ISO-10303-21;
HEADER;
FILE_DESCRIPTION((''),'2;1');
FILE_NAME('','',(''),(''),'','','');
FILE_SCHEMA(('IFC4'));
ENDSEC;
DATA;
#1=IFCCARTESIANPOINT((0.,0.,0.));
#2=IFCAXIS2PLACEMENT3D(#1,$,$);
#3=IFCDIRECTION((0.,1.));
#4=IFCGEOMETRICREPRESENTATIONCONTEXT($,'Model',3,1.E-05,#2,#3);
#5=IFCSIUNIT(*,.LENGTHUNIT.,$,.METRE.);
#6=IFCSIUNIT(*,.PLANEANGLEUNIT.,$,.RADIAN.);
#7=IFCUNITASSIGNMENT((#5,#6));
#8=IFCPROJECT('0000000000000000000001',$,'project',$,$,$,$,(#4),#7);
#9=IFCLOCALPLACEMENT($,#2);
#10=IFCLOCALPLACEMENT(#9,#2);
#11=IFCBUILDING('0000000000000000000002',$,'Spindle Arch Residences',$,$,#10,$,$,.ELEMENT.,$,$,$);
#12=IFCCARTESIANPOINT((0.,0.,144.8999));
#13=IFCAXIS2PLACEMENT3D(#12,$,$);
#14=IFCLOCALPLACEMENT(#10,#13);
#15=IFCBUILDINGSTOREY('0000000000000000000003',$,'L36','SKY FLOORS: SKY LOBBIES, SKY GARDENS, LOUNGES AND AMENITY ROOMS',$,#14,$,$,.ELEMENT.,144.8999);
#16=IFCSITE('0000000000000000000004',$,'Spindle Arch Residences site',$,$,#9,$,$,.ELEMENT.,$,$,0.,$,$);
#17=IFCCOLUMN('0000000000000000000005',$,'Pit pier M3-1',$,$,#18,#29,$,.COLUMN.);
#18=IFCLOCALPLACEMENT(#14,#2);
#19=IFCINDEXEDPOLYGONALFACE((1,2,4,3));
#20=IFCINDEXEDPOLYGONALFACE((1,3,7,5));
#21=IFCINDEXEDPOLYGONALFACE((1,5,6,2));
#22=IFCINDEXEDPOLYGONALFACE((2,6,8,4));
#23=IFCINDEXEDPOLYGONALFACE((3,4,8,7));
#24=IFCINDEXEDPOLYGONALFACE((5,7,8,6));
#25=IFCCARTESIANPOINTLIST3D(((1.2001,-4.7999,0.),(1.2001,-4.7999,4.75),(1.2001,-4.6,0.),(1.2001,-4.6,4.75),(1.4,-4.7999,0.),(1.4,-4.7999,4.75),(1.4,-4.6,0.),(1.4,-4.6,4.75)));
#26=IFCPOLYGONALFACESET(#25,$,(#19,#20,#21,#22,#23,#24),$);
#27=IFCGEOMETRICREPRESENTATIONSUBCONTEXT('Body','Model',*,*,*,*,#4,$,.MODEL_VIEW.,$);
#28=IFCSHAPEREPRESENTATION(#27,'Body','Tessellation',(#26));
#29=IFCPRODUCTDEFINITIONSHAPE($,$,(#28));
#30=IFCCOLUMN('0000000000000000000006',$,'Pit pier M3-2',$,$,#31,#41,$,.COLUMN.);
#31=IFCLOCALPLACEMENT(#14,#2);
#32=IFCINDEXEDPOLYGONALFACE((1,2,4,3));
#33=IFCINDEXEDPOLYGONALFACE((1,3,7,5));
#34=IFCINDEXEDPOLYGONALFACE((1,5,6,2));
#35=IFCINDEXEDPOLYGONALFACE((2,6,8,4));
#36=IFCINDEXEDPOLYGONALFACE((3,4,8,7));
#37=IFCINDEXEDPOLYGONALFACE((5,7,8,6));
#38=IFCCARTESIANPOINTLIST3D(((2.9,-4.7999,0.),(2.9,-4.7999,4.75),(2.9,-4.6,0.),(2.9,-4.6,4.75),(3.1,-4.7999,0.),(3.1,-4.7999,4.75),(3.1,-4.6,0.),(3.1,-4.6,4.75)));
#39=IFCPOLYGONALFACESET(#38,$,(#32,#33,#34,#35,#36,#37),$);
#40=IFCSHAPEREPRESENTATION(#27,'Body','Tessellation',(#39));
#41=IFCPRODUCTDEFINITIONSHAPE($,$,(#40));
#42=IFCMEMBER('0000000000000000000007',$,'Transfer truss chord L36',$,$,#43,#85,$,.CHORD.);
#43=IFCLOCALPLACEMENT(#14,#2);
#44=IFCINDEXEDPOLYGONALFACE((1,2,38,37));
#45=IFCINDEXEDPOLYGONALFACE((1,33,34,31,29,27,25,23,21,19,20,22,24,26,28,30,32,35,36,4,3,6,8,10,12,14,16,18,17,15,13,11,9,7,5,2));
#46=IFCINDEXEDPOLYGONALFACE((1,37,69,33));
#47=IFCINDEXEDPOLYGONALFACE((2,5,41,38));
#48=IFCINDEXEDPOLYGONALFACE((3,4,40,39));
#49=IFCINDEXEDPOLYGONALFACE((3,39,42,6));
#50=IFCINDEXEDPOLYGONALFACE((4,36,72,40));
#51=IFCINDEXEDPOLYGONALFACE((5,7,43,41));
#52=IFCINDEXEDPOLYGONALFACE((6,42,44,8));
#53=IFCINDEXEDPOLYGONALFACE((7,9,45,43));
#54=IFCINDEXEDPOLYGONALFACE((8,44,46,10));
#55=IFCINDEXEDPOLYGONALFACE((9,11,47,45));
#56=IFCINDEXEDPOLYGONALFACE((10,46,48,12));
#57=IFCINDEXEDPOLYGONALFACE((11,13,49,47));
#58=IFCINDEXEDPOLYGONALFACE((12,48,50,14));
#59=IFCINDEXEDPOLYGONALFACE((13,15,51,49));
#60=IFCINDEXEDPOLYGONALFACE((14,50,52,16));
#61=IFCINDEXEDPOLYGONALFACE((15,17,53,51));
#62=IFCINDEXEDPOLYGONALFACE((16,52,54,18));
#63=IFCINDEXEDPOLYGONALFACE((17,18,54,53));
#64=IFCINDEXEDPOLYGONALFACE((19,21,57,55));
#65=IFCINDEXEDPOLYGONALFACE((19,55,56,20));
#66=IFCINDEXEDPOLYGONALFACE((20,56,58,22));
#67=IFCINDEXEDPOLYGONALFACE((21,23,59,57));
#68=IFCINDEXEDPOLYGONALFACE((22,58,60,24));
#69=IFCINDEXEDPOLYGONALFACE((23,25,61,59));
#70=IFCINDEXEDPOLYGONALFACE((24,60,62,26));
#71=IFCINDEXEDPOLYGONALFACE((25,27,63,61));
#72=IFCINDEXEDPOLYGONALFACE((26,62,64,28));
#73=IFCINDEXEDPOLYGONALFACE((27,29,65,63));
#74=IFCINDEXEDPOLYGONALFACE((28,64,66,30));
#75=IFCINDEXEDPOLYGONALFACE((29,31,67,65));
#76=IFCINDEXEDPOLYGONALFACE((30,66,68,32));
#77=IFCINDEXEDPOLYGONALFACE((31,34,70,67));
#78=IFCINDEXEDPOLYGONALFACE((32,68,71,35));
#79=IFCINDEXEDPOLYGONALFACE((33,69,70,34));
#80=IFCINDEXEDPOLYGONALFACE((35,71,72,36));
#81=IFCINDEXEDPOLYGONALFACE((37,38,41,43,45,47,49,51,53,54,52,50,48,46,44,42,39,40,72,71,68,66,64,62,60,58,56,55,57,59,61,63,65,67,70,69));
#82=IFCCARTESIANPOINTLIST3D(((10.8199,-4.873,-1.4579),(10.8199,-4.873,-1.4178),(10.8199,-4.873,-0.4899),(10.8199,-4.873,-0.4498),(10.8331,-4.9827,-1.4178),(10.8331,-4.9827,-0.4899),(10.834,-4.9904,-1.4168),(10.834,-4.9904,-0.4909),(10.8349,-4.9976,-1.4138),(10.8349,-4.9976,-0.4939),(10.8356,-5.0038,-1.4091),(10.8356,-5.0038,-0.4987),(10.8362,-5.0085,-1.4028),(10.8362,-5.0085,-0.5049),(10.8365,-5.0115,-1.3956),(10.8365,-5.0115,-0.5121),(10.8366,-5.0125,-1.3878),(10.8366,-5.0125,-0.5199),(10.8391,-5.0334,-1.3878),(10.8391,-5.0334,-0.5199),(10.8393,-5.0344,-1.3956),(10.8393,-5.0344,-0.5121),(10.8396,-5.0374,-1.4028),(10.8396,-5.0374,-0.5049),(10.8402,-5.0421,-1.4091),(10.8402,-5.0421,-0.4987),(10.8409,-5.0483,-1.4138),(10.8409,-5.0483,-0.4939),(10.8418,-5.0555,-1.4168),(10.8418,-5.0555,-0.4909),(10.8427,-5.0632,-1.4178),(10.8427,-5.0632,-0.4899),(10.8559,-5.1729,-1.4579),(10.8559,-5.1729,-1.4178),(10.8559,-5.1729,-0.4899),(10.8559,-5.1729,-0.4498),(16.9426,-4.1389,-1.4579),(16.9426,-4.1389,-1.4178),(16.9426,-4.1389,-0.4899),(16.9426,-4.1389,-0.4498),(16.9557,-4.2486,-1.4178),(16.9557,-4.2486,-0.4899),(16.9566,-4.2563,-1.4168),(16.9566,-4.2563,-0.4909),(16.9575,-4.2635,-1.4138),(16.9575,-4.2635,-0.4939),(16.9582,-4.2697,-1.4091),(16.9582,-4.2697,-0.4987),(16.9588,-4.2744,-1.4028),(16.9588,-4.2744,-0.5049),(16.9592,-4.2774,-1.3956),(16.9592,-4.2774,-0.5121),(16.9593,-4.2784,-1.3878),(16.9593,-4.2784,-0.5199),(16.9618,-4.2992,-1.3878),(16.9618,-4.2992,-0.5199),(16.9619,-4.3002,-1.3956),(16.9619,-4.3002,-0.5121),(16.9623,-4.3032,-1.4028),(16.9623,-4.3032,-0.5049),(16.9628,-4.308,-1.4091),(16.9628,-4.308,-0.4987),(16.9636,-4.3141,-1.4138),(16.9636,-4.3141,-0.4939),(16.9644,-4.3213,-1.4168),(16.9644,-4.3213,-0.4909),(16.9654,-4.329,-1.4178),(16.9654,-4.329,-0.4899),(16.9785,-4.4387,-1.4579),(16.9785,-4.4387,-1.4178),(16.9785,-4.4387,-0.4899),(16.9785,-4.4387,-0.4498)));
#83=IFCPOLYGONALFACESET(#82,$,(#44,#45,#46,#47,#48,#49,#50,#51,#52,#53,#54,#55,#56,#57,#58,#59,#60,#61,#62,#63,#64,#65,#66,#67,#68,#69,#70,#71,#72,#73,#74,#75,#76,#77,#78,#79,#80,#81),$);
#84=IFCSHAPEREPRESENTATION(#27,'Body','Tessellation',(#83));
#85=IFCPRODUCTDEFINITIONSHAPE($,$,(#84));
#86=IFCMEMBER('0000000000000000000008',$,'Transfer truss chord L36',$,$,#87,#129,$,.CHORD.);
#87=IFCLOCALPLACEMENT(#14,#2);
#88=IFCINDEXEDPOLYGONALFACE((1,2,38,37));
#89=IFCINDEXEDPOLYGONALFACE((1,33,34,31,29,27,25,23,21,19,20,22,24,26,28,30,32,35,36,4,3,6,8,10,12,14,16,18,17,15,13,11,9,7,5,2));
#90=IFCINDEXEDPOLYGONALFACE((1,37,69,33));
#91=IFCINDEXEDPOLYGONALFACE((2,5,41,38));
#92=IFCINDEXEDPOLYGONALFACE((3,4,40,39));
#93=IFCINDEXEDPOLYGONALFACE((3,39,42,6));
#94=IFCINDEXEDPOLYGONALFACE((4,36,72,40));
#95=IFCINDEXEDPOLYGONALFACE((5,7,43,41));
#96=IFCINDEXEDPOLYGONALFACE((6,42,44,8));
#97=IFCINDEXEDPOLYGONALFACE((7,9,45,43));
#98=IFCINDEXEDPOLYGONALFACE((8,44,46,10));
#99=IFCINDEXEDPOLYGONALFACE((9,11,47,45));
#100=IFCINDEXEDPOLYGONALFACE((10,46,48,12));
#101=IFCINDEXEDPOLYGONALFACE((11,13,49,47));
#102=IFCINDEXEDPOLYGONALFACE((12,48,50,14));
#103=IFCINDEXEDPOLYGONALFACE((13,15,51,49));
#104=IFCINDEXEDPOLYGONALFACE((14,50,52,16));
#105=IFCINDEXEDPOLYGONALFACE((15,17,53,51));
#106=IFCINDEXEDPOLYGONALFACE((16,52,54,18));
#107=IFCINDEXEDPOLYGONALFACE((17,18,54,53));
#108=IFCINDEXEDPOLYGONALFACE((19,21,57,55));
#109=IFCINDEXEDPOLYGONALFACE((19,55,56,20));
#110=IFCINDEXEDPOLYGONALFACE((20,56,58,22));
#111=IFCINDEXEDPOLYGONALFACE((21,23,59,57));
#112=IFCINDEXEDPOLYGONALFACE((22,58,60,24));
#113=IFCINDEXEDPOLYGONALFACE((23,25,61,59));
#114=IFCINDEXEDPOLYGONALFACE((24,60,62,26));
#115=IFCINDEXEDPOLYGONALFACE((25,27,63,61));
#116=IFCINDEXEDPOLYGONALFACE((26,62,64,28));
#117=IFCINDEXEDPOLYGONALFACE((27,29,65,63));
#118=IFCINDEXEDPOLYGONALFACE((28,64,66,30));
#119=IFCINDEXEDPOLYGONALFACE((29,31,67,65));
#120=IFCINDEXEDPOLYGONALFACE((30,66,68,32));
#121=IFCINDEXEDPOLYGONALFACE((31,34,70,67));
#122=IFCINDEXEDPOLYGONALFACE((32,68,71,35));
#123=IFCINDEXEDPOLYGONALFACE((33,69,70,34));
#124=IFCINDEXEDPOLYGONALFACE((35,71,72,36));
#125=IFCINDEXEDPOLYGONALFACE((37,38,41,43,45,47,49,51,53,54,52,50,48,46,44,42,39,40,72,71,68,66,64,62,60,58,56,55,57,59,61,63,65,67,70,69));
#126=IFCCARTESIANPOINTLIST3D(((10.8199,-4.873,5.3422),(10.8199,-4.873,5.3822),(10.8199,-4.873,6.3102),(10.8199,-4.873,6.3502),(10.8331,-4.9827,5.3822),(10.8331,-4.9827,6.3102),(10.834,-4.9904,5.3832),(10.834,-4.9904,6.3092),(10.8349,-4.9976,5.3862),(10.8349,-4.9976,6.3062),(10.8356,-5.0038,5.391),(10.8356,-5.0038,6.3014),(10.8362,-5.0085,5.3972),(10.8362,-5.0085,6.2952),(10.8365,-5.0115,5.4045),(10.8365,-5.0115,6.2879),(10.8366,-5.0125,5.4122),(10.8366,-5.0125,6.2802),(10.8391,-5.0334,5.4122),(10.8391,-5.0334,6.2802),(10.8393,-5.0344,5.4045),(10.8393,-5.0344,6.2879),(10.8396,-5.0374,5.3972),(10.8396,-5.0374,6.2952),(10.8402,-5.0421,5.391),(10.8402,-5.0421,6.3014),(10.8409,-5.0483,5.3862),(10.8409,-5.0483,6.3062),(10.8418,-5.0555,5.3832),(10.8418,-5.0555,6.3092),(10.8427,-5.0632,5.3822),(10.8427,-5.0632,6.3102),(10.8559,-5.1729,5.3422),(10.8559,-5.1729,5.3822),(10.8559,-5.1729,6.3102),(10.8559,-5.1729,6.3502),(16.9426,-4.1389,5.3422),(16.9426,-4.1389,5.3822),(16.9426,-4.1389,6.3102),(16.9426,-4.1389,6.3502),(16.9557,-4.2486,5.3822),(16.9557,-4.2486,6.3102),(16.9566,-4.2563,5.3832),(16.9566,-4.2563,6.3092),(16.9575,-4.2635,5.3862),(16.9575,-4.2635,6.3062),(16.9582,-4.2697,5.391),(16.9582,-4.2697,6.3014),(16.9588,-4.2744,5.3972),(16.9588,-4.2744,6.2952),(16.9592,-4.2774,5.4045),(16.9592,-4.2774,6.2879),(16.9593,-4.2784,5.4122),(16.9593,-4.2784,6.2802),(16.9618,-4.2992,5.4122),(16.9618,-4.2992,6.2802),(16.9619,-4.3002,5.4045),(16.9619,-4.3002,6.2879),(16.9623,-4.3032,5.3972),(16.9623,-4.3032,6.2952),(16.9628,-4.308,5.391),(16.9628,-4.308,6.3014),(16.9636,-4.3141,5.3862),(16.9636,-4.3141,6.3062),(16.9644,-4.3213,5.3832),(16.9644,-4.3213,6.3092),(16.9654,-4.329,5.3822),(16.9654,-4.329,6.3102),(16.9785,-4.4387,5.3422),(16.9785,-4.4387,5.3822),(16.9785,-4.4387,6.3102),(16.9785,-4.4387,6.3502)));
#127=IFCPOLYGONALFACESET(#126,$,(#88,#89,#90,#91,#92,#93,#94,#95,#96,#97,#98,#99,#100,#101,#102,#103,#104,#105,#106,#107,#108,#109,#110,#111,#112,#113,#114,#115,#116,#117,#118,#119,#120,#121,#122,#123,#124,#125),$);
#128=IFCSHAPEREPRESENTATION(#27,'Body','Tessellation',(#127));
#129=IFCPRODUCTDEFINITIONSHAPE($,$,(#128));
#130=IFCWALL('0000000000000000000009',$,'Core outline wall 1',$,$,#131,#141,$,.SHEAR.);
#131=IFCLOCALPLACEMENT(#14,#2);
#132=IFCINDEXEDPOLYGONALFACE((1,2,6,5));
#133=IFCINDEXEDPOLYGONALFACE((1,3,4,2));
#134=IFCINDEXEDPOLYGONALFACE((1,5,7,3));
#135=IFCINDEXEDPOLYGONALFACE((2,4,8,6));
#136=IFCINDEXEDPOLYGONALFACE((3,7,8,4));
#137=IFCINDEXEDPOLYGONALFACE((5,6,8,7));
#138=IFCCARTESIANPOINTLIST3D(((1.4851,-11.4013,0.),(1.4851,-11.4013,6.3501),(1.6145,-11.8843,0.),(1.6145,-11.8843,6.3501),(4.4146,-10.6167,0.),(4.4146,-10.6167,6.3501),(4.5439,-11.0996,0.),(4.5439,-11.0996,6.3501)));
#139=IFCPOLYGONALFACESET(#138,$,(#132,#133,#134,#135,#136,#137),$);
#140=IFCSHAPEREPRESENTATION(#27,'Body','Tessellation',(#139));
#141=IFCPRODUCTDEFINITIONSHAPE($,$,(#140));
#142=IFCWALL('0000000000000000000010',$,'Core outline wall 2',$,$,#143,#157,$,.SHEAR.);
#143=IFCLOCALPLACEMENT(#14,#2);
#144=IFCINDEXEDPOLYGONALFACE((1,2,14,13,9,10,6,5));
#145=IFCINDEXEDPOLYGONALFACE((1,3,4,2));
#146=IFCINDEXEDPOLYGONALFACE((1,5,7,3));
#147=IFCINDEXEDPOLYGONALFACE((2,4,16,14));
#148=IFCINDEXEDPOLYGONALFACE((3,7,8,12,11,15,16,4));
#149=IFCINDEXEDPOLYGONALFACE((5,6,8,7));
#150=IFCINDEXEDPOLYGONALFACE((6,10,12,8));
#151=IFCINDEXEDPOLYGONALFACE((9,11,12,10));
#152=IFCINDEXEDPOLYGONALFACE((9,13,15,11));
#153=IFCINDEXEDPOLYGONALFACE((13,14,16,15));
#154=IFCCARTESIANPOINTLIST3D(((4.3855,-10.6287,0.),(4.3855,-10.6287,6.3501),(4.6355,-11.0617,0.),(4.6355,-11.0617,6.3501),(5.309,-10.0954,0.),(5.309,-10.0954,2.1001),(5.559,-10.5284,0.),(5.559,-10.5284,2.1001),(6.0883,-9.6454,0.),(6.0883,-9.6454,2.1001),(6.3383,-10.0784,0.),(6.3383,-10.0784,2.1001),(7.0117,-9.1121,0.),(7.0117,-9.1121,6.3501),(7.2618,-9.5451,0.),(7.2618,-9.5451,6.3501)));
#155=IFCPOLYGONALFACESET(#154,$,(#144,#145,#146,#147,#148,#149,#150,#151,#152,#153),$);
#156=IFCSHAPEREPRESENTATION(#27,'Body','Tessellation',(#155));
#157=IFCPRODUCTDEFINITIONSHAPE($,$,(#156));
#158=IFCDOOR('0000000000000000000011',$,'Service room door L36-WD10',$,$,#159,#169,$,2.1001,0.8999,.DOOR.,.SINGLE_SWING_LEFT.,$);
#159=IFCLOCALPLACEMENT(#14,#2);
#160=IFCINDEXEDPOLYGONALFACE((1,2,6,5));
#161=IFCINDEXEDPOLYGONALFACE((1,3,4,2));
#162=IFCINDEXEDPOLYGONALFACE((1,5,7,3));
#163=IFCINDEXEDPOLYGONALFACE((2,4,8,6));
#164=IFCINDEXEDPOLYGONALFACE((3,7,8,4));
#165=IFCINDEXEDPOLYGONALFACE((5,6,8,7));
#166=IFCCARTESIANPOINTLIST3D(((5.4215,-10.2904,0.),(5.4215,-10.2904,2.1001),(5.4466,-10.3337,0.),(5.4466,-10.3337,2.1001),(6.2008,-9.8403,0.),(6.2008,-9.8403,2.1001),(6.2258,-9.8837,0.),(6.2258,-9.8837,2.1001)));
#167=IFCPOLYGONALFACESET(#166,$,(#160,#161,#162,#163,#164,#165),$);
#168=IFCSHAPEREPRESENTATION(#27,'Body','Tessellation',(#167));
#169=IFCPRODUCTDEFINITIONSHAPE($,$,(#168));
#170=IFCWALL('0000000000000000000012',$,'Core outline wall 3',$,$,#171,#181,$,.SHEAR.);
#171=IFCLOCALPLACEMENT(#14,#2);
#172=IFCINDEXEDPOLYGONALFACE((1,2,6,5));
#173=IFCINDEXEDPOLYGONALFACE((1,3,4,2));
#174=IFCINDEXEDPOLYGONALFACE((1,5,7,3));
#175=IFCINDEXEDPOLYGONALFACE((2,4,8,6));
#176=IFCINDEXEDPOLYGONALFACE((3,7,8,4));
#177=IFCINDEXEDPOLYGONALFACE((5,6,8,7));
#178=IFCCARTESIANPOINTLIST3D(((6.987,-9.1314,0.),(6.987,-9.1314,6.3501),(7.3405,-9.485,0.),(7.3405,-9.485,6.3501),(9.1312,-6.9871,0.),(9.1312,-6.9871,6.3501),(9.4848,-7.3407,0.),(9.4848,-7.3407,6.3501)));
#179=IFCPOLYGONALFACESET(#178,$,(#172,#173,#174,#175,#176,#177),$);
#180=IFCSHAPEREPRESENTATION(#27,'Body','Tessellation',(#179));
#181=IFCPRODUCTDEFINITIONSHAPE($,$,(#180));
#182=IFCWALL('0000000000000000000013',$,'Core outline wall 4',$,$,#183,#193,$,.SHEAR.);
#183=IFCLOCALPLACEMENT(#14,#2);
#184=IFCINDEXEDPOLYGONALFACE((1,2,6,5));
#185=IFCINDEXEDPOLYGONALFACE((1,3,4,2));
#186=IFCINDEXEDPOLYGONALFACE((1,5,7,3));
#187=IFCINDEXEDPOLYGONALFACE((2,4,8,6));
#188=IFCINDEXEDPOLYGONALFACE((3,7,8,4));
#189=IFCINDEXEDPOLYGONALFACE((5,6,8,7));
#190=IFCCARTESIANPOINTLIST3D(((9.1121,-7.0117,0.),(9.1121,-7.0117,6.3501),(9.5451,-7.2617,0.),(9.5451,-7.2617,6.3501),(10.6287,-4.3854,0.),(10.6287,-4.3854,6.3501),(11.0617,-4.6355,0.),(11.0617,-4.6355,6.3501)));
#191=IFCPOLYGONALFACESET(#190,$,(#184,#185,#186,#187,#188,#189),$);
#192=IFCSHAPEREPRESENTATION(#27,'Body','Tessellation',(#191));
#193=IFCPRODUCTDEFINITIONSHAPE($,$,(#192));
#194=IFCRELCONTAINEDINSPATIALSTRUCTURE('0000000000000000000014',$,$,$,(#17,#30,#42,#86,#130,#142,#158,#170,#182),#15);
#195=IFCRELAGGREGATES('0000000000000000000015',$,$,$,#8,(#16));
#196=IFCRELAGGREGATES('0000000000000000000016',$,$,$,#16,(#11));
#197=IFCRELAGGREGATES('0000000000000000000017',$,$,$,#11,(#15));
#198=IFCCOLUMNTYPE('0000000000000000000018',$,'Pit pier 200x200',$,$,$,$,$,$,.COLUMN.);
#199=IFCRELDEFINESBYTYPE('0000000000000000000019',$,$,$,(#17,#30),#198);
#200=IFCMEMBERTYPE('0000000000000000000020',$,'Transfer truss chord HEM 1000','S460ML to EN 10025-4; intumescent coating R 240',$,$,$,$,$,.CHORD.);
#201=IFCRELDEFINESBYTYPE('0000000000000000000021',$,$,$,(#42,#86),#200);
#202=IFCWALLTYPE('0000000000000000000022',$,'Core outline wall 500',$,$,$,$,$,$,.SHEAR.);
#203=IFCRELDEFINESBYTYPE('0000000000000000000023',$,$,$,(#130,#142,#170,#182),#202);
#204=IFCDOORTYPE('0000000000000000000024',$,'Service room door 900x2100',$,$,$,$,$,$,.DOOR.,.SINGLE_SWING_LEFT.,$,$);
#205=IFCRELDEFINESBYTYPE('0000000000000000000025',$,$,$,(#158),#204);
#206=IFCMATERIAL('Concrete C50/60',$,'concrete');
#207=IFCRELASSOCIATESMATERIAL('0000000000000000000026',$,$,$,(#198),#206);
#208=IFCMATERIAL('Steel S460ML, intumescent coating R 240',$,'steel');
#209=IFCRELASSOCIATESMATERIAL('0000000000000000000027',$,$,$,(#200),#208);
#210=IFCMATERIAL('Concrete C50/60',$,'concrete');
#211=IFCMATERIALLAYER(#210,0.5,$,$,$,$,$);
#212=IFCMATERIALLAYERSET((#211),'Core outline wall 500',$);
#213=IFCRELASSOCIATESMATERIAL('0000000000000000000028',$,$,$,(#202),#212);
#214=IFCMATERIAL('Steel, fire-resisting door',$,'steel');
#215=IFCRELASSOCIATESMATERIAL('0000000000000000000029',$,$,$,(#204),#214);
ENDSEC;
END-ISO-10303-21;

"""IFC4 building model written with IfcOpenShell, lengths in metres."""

from ifc_helpers import new_model, si_unit, direction, frame, frame_2d, origin, origin_2d, place, context, subcontext, project, spatial, rectangle, i_section, extrude, material, layer, layer_set, material_profile, profile_set, type_object, element, fill, save


model = new_model("IFC4")

# Units and contexts
model_context = context("Model", 3, precision=1e-05, world=origin(), true_north=direction((0.0, 1.0)))
body_context = subcontext(model_context, "Body", "Model", "MODEL_VIEW")
ifc_project = project(units=[si_unit("LENGTHUNIT", "METRE"), si_unit("PLANEANGLEUNIT", "RADIAN")], contexts=[model_context])

# Site, building, storey
site_placement = place(None, origin())
site = spatial("IfcSite", under=ifc_project, at=site_placement, Name="Spindle Arch Residences site", CompositionType="ELEMENT", RefElevation=0.0)
building_placement = place(site_placement, origin())
building = spatial("IfcBuilding", under=site, at=building_placement, Name="Spindle Arch Residences", CompositionType="ELEMENT")
storey_placement = place(building_placement, frame((0.0, 0.0, 144.8999)))
storey = spatial("IfcBuildingStorey", under=building, at=storey_placement, Name="L36", Description="SKY FLOORS: SKY LOBBIES, SKY GARDENS, LOUNGES AND AMENITY ROOMS", CompositionType="ELEMENT", Elevation=144.8999)

# Columns
ifc_material_1 = material(Name="Concrete C50/60", Category="concrete")
ifc_material_profile_1 = material_profile(ifc_material_1, rectangle(XDim=0.2, YDim=0.2, at=origin_2d()), Name="RC 200x200")
ifc_profile_set_1 = profile_set([ifc_material_profile_1], Name="Concrete C50/60")
column_type = type_object("IfcColumnType", Name="Pit pier 200x200", PredefinedType="COLUMN", material=ifc_profile_set_1)
for number, where, z_axis, x_axis, name in (
    (1, (1.3, -4.7, 0.0), (0.0, 0.0, 1.0), (1.0, 0.0, 0.0), "Pit pier M3-1"),
    (2, (3.0, -4.7, 0.0), (0.0, 0.0, 1.0), (1.0, 0.0, 0.0), "Pit pier M3-2"),
):
    element("IfcColumn", number, at=place(storey_placement, frame(where, z_axis=z_axis, x_axis=x_axis)), inside=storey, type_object=column_type, Name=name, PredefinedType="COLUMN", context=body_context, shape_type="SweptSolid", body=[
        extrude(rectangle(XDim=0.2, YDim=0.2, at=origin_2d()), origin(), (0.0, 0.0, 1.0), 4.75),
    ])

# Members
ifc_material_2 = material(Name="Steel S460ML, intumescent coating R 240", Category="steel")
ifc_material_profile_2 = material_profile(ifc_material_2, i_section(OverallWidth=0.302, OverallDepth=1.0081, WebThickness=0.021, FlangeThickness=0.04, FilletRadius=0.03, at=origin_2d()), Name="HEM 1000")
ifc_profile_set_2 = profile_set([ifc_material_profile_2], Name="Steel S460ML, intumescent coating R 240")
member_type = type_object("IfcMemberType", Name="Transfer truss chord HEM 1000", Description="S460ML to EN 10025-4; intumescent coating R 240", PredefinedType="CHORD", material=ifc_profile_set_2)
for number, where, z_axis, x_axis, name in (
    (3, (10.8379, -5.0229, -0.9539), (0.992888, 0.119053, 0.0), (-0.119053, 0.992888, 0.0), "Transfer truss chord L36"),
    (4, (10.8379, -5.0229, 5.8462), (0.992888, 0.119053, 0.0), (-0.119053, 0.992888, 0.0), "Transfer truss chord L36"),
):
    element("IfcMember", number, at=place(storey_placement, frame(where, z_axis=z_axis, x_axis=x_axis)), inside=storey, type_object=member_type, Name=name, PredefinedType="CHORD", context=body_context, shape_type="SweptSolid", body=[
        extrude(i_section(OverallWidth=0.302, OverallDepth=1.0081, WebThickness=0.021, FlangeThickness=0.04, FilletRadius=0.03, at=origin_2d()), origin(), (0.0, 0.0, 1.0), 6.1665),
    ])

# Wall
ifc_material_3 = material(Name="Concrete C50/60", Category="concrete")
ifc_layer_1 = layer(ifc_material_3, 0.5)
ifc_layer_set_1 = layer_set([ifc_layer_1], Name="Core outline wall 500")
wall_type_1 = type_object("IfcWallType", Name="Core outline wall 500", PredefinedType="SHEAR", material=ifc_layer_set_1)
wall_1_placement = place(storey_placement, frame((1.5498, -11.6428, 0.0), z_axis=(0.0, 0.0, 1.0), x_axis=(0.965948, 0.258735, 0.0)))
element("IfcWall", 5, at=wall_1_placement, inside=storey, type_object=wall_type_1, Name="Core outline wall 1", PredefinedType="SHEAR", context=body_context, shape_type="SweptSolid", body=[
    extrude(rectangle(XDim=3.0327, YDim=0.5, at=frame_2d((1.5164, 0.0))), origin(), (0.0, 0.0, 1.0), 6.3501),
])

# Wall, opening, door
wall_2_placement = place(storey_placement, frame((4.5105, -10.8452, 0.0), z_axis=(0.0, 0.0, 1.0), x_axis=(0.865975, 0.500087, 0.0)))
wall_2 = element("IfcWall", 6, at=wall_2_placement, inside=storey, type_object=wall_type_1, Name="Core outline wall 2", PredefinedType="SHEAR", context=body_context, shape_type="SweptSolid", body=[
    extrude(rectangle(XDim=3.0327, YDim=0.5, at=frame_2d((1.5164, 0.0))), origin(), (0.0, 0.0, 1.0), 6.3501),
])
opening_1_placement = place(wall_2_placement, frame((1.0664, 0.0, 0.0)))
opening_1 = element("IfcOpeningElement", 7, at=opening_1_placement, cuts=wall_2, PredefinedType="OPENING", context=body_context, shape_type="SweptSolid", body=[
    extrude(rectangle(XDim=0.8999, YDim=2.1001, at=frame_2d((0.45, 1.05))), frame((0.0, 0.26, 0.0), z_axis=(0.0, -1.0, 0.0), x_axis=(1.0, 0.0, 0.0)), (0.0, 0.0, 1.0), 0.52),
])
ifc_material_4 = material(Name="Steel, fire-resisting door", Category="steel")
door_type_1 = type_object("IfcDoorType", Name="Service room door 900x2100", OperationType="SINGLE_SWING_LEFT", PredefinedType="DOOR", material=ifc_material_4)
door_1_placement = place(opening_1_placement, origin())
door_1 = element("IfcDoor", 8, at=door_1_placement, inside=storey, type_object=door_type_1, Name="Service room door L36-WD10", OperationType="SINGLE_SWING_LEFT", OverallHeight=2.1001, OverallWidth=0.8999, PredefinedType="DOOR", context=body_context, shape_type="SweptSolid", body=[
    extrude(rectangle(XDim=0.8999, YDim=2.1001, at=frame_2d((0.45, 1.05))), frame((0.0, 0.0249, 0.0), z_axis=(0.0, -1.0, 0.0), x_axis=(1.0, 0.0, 0.0)), (0.0, 0.0, 1.0), 0.05),
])
fill(opening_1, door_1)

# Walls
wall_3_placement = place(storey_placement, frame((7.1638, -9.3081, 0.0), z_axis=(0.0, 0.0, 1.0), x_axis=(0.707107, 0.707107, 0.0)))
element("IfcWall", 9, at=wall_3_placement, inside=storey, type_object=wall_type_1, Name="Core outline wall 3", PredefinedType="SHEAR", context=body_context, shape_type="SweptSolid", body=[
    extrude(rectangle(XDim=3.0325, YDim=0.5, at=frame_2d((1.5161, 0.0))), origin(), (0.0, 0.0, 1.0), 6.3501),
])
wall_4_placement = place(storey_placement, frame((9.3286, -7.1367, 0.0), z_axis=(0.0, 0.0, 1.0), x_axis=(0.500087, 0.865975, 0.0)))
element("IfcWall", 10, at=wall_4_placement, inside=storey, type_object=wall_type_1, Name="Core outline wall 4", PredefinedType="SHEAR", context=body_context, shape_type="SweptSolid", body=[
    extrude(rectangle(XDim=3.0327, YDim=0.5, at=frame_2d((1.5164, 0.0))), origin(), (0.0, 0.0, 1.0), 6.3501),
])

save(model, "model.ifc")
